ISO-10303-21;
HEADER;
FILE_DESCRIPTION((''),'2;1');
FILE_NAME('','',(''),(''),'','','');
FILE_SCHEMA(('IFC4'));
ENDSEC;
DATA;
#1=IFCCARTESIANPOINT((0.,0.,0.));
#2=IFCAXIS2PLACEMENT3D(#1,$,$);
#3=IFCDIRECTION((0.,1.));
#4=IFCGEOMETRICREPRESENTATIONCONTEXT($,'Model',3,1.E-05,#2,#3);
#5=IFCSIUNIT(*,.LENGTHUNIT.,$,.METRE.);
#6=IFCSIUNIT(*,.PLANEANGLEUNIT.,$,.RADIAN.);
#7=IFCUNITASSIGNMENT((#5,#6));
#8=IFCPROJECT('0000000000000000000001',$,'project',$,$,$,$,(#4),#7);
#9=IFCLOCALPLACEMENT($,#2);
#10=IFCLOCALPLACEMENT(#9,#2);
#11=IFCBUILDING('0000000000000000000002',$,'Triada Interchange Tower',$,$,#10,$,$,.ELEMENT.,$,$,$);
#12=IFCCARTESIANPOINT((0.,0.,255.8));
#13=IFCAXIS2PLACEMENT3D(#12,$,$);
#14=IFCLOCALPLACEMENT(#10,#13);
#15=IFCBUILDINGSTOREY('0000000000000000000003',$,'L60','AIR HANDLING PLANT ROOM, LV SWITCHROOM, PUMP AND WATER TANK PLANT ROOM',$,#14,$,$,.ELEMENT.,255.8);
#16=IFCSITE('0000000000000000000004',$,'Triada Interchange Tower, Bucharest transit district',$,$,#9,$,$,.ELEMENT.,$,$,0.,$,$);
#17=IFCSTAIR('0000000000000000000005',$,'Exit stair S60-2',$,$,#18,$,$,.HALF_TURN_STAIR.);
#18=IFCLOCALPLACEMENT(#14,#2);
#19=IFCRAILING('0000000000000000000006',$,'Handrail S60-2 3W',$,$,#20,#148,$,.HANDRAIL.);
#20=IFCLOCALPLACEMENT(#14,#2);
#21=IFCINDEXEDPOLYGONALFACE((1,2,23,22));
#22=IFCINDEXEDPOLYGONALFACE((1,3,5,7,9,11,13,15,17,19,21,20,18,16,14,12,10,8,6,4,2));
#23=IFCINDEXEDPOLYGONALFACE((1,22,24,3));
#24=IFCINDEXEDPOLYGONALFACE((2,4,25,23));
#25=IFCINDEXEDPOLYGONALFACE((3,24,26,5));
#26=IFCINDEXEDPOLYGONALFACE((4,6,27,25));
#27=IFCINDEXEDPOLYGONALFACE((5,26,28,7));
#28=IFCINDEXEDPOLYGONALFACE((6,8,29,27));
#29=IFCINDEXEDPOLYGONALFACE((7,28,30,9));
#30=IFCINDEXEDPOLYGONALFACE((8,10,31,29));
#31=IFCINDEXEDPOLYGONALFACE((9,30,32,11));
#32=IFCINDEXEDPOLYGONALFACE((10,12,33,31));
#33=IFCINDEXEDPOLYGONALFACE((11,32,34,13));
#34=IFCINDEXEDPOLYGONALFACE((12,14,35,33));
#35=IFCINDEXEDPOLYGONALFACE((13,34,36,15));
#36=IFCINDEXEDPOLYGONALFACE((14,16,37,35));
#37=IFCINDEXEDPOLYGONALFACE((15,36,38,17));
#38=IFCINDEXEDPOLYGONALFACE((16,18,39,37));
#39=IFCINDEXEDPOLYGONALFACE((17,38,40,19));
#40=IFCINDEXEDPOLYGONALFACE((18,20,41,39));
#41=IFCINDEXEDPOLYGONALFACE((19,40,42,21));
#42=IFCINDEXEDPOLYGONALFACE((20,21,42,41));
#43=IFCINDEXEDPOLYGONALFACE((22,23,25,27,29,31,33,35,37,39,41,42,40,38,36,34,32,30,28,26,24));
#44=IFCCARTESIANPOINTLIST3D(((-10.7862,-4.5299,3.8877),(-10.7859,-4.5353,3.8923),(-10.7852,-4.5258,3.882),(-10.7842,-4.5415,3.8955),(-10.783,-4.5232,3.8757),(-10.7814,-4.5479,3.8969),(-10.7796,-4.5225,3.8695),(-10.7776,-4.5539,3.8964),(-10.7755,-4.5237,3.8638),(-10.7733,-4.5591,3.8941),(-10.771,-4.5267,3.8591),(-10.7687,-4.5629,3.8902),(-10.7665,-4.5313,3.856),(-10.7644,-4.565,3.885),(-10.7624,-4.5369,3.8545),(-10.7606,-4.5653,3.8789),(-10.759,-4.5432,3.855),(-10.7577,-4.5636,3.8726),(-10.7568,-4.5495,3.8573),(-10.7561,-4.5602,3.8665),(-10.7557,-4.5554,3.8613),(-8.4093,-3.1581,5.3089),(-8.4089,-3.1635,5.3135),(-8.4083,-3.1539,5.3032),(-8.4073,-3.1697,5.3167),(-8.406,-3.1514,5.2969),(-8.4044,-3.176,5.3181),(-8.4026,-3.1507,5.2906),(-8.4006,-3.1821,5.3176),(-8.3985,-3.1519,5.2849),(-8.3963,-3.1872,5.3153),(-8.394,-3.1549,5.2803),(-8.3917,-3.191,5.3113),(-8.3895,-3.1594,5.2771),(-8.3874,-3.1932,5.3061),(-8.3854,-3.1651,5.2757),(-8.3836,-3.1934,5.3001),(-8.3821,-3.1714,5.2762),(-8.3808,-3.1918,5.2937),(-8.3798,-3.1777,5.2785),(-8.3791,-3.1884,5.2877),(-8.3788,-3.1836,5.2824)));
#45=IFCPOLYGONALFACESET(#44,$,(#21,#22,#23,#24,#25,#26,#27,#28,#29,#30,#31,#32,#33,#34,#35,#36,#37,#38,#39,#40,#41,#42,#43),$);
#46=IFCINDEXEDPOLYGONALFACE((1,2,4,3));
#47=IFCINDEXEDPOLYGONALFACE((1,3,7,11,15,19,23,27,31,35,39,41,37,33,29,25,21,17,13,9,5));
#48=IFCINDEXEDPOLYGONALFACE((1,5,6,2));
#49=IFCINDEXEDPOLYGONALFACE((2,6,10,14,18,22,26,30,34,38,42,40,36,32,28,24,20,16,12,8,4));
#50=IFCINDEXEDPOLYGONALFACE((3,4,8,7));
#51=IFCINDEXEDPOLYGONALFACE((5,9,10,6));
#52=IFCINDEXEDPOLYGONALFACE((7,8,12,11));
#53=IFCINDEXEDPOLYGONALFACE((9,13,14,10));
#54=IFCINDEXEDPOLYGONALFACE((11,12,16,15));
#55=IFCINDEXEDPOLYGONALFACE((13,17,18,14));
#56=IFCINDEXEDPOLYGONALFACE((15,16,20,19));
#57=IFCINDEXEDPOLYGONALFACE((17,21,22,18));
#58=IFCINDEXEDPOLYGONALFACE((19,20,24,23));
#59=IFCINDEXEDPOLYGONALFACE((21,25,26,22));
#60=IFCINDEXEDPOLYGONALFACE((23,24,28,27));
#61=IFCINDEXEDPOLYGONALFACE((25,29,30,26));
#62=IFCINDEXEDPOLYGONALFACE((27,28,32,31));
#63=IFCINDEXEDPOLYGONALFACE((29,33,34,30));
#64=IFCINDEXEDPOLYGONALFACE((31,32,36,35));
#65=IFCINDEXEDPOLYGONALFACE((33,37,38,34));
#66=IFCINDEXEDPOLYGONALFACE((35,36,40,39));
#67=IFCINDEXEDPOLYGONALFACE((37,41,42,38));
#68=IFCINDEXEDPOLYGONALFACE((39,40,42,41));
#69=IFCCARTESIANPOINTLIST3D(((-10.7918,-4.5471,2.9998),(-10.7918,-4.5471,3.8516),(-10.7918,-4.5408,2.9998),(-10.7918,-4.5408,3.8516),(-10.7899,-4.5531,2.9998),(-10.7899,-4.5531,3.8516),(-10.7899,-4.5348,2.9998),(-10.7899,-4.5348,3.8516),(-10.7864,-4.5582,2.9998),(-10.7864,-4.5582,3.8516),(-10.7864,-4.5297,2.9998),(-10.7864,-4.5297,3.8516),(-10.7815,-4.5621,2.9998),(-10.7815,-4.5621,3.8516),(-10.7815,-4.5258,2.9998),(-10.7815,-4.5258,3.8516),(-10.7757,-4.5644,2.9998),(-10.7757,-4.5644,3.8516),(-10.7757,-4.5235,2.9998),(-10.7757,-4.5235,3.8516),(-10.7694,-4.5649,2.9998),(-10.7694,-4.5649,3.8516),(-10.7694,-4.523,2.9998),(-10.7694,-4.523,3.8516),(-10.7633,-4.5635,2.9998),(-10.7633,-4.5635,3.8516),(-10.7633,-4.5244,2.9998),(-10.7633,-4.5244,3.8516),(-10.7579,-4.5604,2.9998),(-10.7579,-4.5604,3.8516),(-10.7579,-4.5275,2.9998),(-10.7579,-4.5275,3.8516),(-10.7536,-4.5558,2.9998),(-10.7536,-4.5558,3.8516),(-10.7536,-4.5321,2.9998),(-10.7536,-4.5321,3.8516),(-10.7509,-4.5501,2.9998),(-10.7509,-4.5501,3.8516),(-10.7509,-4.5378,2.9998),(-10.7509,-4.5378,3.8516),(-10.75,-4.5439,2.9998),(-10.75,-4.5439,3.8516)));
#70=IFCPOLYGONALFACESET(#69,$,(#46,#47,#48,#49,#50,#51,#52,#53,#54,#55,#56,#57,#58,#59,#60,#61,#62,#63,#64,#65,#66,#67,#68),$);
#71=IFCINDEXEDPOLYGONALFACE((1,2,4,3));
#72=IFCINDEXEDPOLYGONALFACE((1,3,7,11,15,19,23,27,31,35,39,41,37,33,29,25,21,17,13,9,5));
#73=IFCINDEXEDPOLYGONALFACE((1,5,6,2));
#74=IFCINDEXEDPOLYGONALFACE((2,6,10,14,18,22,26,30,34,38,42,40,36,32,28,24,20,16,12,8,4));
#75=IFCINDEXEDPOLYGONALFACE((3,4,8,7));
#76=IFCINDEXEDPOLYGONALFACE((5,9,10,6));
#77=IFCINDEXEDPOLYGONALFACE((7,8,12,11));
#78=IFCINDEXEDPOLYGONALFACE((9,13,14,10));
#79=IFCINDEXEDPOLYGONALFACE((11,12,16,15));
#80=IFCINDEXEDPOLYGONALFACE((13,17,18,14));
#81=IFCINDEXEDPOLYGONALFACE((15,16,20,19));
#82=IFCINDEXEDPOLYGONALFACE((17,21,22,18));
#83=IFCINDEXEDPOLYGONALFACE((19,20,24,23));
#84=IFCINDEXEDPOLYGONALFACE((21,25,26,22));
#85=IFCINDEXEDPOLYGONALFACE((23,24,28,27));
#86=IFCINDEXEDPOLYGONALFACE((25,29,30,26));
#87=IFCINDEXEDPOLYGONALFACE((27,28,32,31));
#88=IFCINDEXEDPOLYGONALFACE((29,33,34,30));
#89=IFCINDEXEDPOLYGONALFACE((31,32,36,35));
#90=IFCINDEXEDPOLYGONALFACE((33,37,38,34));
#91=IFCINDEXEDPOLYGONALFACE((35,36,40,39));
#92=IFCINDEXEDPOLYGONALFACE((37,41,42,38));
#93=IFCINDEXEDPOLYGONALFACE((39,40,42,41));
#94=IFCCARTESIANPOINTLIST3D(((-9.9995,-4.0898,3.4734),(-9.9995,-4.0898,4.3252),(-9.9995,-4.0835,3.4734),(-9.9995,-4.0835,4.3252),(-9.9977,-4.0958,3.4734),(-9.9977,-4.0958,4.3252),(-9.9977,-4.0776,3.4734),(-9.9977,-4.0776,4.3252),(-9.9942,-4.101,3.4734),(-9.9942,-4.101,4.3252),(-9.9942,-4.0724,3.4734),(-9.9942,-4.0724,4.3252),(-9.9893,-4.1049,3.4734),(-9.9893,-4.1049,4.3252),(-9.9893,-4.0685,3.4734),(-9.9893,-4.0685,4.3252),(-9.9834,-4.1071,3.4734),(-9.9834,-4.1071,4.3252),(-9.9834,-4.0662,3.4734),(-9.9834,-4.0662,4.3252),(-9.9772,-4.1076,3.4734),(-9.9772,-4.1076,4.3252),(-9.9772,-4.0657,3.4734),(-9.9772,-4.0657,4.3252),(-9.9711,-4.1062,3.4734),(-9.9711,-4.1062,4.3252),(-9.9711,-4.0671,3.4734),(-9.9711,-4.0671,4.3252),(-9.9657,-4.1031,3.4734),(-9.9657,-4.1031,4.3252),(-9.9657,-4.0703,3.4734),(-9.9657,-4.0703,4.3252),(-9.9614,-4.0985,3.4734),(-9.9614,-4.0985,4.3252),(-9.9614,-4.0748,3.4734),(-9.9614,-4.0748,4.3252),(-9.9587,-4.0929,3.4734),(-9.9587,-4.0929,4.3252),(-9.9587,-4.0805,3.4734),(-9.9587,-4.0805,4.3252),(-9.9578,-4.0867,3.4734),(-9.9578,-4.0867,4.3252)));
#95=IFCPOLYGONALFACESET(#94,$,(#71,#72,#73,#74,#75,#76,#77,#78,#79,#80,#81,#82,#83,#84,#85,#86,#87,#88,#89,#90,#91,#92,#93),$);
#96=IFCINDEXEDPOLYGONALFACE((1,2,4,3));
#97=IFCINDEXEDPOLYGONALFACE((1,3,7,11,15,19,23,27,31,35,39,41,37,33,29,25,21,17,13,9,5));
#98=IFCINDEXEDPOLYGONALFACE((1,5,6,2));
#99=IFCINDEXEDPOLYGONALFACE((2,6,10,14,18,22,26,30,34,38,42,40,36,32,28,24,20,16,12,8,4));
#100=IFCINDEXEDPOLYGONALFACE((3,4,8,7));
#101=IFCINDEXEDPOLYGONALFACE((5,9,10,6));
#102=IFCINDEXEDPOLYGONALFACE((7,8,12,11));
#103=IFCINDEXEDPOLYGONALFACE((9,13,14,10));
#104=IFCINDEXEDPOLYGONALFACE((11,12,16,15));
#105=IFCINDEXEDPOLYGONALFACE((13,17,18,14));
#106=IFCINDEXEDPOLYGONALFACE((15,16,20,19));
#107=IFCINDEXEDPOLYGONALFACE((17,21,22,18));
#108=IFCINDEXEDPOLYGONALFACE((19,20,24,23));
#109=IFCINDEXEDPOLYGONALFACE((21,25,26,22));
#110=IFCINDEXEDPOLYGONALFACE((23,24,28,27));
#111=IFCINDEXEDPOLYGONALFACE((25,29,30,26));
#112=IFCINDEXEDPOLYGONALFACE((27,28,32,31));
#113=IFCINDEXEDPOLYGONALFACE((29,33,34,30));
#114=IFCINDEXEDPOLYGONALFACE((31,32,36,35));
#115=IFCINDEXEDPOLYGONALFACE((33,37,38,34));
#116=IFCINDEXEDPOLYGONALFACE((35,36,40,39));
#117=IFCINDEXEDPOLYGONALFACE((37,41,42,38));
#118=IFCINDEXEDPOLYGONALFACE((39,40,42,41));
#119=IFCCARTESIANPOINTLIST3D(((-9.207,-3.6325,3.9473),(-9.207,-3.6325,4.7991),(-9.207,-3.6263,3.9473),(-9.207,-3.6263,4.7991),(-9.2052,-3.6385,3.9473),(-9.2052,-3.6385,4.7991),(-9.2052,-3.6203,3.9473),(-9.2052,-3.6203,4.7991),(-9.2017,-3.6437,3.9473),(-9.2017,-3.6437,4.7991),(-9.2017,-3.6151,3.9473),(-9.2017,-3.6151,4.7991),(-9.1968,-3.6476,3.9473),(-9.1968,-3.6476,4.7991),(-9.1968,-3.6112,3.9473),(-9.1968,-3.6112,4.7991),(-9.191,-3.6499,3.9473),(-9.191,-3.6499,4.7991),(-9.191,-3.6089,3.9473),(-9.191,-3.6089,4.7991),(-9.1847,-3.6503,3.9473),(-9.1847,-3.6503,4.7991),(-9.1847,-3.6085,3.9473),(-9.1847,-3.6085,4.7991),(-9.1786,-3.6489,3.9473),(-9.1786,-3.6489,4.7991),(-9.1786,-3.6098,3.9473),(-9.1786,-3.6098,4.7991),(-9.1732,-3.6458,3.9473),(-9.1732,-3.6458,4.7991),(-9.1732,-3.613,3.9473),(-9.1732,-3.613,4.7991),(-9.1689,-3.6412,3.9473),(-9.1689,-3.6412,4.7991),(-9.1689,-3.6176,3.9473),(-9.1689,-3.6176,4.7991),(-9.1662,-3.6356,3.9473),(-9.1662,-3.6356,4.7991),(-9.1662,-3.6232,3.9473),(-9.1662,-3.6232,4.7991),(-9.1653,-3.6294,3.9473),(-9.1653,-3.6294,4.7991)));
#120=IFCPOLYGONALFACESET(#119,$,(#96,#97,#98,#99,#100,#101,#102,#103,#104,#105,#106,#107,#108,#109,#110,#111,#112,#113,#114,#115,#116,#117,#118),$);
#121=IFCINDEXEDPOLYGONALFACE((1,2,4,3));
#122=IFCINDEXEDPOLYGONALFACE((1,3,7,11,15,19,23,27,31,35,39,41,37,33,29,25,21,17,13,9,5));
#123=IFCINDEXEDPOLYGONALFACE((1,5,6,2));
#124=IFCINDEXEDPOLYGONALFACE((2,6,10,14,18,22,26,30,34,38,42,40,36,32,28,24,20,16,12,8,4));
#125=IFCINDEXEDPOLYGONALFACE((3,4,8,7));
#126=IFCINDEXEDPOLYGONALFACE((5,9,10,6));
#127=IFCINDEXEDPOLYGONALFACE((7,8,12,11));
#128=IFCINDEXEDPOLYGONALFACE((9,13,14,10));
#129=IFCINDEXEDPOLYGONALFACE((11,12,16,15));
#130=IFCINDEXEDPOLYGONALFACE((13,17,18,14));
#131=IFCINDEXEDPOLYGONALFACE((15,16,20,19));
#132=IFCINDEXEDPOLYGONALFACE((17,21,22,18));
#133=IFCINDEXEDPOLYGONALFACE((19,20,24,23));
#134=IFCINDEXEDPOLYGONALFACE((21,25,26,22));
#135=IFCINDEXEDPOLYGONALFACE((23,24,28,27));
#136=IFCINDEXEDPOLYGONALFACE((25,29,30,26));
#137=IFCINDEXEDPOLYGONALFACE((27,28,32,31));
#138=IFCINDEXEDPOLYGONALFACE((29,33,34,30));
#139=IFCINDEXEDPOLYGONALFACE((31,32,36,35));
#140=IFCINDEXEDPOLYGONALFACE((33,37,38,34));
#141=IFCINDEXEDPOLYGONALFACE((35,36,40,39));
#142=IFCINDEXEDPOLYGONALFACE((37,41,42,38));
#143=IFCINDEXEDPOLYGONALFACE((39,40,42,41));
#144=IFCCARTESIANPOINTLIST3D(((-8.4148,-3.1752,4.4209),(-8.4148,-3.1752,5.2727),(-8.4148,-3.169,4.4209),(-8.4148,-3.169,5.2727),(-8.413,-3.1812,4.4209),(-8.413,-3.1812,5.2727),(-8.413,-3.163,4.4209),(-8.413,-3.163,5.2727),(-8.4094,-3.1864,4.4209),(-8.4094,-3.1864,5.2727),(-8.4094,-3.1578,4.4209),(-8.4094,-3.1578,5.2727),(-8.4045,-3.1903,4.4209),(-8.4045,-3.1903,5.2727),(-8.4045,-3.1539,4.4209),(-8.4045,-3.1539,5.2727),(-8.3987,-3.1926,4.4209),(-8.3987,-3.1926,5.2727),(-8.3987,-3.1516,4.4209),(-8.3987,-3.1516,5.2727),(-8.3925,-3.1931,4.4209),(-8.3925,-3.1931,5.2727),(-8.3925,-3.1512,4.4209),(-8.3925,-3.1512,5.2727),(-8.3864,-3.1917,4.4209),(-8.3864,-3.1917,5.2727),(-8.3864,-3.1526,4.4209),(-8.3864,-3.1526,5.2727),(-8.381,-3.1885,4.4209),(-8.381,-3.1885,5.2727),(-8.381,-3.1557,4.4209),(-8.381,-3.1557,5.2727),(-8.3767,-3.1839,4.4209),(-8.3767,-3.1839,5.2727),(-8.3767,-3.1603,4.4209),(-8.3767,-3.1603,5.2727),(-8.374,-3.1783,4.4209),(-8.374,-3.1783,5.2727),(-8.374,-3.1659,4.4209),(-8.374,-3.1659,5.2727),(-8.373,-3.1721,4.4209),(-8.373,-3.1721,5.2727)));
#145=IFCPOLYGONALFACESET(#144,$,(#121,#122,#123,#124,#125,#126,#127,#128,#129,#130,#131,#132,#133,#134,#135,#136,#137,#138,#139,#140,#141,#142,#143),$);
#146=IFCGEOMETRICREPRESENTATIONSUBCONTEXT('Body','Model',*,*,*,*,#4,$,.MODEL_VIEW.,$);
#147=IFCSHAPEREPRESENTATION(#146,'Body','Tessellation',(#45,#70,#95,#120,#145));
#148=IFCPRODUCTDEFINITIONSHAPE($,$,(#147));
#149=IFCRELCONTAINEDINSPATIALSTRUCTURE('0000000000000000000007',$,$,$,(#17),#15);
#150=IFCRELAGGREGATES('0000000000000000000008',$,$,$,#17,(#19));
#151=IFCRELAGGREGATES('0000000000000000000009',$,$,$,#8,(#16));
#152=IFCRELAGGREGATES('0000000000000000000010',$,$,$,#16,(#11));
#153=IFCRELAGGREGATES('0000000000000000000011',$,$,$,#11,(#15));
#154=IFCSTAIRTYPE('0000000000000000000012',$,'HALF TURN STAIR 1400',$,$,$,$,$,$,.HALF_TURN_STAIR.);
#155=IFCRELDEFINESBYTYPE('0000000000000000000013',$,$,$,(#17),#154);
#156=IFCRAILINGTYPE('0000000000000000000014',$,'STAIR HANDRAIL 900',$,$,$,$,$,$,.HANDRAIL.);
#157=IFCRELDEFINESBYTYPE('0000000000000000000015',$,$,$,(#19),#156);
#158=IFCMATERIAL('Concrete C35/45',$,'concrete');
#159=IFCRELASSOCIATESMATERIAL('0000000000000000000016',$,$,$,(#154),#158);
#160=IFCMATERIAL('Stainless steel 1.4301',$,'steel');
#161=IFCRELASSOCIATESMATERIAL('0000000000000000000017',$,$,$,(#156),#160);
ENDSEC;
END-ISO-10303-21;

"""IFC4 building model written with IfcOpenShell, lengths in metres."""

from ifc_helpers import new_model, si_unit, direction, frame, origin, origin_2d, place, context, subcontext, project, spatial, circle, extrude, material, type_object, element, aggregate, save


model = new_model("IFC4")

# Units and contexts
model_context = context("Model", 3, precision=1e-05, world=origin(), true_north=direction((0.0, 1.0)))
body_context = subcontext(model_context, "Body", "Model", "MODEL_VIEW")
ifc_project = project(units=[si_unit("LENGTHUNIT", "METRE"), si_unit("PLANEANGLEUNIT", "RADIAN")], contexts=[model_context])

# Site, building, storey
site_placement = place(None, origin())
site = spatial("IfcSite", under=ifc_project, at=site_placement, Name="Triada Interchange Tower, Bucharest transit district", CompositionType="ELEMENT", RefElevation=0.0)
building_placement = place(site_placement, origin())
building = spatial("IfcBuilding", under=site, at=building_placement, Name="Triada Interchange Tower", CompositionType="ELEMENT")
storey_placement = place(building_placement, frame((0.0, 0.0, 255.8)))
storey = spatial("IfcBuildingStorey", under=building, at=storey_placement, Name="L60", Description="AIR HANDLING PLANT ROOM, LV SWITCHROOM, PUMP AND WATER TANK PLANT ROOM", CompositionType="ELEMENT", Elevation=255.8)

# Stair, railing
ifc_material_1 = material(Name="Concrete C35/45", Category="concrete")
stair_type = type_object("IfcStairType", Name="HALF TURN STAIR 1400", PredefinedType="HALF_TURN_STAIR", material=ifc_material_1)
stair_placement = place(storey_placement, origin())
stair = element("IfcStair", 1, at=stair_placement, inside=storey, type_object=stair_type, Name="Exit stair S60-2", PredefinedType="HALF_TURN_STAIR")
ifc_material_2 = material(Name="Stainless steel 1.4301", Category="steel")
railing_type = type_object("IfcRailingType", Name="STAIR HANDRAIL 900", PredefinedType="HANDRAIL", material=ifc_material_2)
railing_1_placement = place(storey_placement, frame((-10.771, -4.5439, 2.9998)))
railing_1 = element("IfcRailing", 2, at=railing_1_placement, type_object=railing_type, Name="Handrail S60-2 3W", PredefinedType="HANDRAIL", context=body_context, shape_type="SweptSolid", body=[
    extrude(circle(Radius=0.0239, at=origin_2d()), frame((0.0, 0.0, 0.876), z_axis=(0.769105, 0.443879, 0.459836), x_axis=(-0.499861, 0.866106, 0.0)), (0.0, 0.0, 1.0), 3.0906),
    extrude(circle(Radius=0.021, at=origin_2d()), origin(), (0.0, 0.0, 1.0), 0.8518),
    extrude(circle(Radius=0.021, at=origin_2d()), frame((0.7922, 0.4573, 0.4736)), (0.0, 0.0, 1.0), 0.8518),
    extrude(circle(Radius=0.021, at=origin_2d()), frame((1.5847, 0.9146, 0.9475)), (0.0, 0.0, 1.0), 0.8518),
    extrude(circle(Radius=0.021, at=origin_2d()), frame((2.377, 1.3718, 1.4211)), (0.0, 0.0, 1.0), 0.8518),
])
aggregate(stair, [railing_1])

save(model, "model.ifc")
